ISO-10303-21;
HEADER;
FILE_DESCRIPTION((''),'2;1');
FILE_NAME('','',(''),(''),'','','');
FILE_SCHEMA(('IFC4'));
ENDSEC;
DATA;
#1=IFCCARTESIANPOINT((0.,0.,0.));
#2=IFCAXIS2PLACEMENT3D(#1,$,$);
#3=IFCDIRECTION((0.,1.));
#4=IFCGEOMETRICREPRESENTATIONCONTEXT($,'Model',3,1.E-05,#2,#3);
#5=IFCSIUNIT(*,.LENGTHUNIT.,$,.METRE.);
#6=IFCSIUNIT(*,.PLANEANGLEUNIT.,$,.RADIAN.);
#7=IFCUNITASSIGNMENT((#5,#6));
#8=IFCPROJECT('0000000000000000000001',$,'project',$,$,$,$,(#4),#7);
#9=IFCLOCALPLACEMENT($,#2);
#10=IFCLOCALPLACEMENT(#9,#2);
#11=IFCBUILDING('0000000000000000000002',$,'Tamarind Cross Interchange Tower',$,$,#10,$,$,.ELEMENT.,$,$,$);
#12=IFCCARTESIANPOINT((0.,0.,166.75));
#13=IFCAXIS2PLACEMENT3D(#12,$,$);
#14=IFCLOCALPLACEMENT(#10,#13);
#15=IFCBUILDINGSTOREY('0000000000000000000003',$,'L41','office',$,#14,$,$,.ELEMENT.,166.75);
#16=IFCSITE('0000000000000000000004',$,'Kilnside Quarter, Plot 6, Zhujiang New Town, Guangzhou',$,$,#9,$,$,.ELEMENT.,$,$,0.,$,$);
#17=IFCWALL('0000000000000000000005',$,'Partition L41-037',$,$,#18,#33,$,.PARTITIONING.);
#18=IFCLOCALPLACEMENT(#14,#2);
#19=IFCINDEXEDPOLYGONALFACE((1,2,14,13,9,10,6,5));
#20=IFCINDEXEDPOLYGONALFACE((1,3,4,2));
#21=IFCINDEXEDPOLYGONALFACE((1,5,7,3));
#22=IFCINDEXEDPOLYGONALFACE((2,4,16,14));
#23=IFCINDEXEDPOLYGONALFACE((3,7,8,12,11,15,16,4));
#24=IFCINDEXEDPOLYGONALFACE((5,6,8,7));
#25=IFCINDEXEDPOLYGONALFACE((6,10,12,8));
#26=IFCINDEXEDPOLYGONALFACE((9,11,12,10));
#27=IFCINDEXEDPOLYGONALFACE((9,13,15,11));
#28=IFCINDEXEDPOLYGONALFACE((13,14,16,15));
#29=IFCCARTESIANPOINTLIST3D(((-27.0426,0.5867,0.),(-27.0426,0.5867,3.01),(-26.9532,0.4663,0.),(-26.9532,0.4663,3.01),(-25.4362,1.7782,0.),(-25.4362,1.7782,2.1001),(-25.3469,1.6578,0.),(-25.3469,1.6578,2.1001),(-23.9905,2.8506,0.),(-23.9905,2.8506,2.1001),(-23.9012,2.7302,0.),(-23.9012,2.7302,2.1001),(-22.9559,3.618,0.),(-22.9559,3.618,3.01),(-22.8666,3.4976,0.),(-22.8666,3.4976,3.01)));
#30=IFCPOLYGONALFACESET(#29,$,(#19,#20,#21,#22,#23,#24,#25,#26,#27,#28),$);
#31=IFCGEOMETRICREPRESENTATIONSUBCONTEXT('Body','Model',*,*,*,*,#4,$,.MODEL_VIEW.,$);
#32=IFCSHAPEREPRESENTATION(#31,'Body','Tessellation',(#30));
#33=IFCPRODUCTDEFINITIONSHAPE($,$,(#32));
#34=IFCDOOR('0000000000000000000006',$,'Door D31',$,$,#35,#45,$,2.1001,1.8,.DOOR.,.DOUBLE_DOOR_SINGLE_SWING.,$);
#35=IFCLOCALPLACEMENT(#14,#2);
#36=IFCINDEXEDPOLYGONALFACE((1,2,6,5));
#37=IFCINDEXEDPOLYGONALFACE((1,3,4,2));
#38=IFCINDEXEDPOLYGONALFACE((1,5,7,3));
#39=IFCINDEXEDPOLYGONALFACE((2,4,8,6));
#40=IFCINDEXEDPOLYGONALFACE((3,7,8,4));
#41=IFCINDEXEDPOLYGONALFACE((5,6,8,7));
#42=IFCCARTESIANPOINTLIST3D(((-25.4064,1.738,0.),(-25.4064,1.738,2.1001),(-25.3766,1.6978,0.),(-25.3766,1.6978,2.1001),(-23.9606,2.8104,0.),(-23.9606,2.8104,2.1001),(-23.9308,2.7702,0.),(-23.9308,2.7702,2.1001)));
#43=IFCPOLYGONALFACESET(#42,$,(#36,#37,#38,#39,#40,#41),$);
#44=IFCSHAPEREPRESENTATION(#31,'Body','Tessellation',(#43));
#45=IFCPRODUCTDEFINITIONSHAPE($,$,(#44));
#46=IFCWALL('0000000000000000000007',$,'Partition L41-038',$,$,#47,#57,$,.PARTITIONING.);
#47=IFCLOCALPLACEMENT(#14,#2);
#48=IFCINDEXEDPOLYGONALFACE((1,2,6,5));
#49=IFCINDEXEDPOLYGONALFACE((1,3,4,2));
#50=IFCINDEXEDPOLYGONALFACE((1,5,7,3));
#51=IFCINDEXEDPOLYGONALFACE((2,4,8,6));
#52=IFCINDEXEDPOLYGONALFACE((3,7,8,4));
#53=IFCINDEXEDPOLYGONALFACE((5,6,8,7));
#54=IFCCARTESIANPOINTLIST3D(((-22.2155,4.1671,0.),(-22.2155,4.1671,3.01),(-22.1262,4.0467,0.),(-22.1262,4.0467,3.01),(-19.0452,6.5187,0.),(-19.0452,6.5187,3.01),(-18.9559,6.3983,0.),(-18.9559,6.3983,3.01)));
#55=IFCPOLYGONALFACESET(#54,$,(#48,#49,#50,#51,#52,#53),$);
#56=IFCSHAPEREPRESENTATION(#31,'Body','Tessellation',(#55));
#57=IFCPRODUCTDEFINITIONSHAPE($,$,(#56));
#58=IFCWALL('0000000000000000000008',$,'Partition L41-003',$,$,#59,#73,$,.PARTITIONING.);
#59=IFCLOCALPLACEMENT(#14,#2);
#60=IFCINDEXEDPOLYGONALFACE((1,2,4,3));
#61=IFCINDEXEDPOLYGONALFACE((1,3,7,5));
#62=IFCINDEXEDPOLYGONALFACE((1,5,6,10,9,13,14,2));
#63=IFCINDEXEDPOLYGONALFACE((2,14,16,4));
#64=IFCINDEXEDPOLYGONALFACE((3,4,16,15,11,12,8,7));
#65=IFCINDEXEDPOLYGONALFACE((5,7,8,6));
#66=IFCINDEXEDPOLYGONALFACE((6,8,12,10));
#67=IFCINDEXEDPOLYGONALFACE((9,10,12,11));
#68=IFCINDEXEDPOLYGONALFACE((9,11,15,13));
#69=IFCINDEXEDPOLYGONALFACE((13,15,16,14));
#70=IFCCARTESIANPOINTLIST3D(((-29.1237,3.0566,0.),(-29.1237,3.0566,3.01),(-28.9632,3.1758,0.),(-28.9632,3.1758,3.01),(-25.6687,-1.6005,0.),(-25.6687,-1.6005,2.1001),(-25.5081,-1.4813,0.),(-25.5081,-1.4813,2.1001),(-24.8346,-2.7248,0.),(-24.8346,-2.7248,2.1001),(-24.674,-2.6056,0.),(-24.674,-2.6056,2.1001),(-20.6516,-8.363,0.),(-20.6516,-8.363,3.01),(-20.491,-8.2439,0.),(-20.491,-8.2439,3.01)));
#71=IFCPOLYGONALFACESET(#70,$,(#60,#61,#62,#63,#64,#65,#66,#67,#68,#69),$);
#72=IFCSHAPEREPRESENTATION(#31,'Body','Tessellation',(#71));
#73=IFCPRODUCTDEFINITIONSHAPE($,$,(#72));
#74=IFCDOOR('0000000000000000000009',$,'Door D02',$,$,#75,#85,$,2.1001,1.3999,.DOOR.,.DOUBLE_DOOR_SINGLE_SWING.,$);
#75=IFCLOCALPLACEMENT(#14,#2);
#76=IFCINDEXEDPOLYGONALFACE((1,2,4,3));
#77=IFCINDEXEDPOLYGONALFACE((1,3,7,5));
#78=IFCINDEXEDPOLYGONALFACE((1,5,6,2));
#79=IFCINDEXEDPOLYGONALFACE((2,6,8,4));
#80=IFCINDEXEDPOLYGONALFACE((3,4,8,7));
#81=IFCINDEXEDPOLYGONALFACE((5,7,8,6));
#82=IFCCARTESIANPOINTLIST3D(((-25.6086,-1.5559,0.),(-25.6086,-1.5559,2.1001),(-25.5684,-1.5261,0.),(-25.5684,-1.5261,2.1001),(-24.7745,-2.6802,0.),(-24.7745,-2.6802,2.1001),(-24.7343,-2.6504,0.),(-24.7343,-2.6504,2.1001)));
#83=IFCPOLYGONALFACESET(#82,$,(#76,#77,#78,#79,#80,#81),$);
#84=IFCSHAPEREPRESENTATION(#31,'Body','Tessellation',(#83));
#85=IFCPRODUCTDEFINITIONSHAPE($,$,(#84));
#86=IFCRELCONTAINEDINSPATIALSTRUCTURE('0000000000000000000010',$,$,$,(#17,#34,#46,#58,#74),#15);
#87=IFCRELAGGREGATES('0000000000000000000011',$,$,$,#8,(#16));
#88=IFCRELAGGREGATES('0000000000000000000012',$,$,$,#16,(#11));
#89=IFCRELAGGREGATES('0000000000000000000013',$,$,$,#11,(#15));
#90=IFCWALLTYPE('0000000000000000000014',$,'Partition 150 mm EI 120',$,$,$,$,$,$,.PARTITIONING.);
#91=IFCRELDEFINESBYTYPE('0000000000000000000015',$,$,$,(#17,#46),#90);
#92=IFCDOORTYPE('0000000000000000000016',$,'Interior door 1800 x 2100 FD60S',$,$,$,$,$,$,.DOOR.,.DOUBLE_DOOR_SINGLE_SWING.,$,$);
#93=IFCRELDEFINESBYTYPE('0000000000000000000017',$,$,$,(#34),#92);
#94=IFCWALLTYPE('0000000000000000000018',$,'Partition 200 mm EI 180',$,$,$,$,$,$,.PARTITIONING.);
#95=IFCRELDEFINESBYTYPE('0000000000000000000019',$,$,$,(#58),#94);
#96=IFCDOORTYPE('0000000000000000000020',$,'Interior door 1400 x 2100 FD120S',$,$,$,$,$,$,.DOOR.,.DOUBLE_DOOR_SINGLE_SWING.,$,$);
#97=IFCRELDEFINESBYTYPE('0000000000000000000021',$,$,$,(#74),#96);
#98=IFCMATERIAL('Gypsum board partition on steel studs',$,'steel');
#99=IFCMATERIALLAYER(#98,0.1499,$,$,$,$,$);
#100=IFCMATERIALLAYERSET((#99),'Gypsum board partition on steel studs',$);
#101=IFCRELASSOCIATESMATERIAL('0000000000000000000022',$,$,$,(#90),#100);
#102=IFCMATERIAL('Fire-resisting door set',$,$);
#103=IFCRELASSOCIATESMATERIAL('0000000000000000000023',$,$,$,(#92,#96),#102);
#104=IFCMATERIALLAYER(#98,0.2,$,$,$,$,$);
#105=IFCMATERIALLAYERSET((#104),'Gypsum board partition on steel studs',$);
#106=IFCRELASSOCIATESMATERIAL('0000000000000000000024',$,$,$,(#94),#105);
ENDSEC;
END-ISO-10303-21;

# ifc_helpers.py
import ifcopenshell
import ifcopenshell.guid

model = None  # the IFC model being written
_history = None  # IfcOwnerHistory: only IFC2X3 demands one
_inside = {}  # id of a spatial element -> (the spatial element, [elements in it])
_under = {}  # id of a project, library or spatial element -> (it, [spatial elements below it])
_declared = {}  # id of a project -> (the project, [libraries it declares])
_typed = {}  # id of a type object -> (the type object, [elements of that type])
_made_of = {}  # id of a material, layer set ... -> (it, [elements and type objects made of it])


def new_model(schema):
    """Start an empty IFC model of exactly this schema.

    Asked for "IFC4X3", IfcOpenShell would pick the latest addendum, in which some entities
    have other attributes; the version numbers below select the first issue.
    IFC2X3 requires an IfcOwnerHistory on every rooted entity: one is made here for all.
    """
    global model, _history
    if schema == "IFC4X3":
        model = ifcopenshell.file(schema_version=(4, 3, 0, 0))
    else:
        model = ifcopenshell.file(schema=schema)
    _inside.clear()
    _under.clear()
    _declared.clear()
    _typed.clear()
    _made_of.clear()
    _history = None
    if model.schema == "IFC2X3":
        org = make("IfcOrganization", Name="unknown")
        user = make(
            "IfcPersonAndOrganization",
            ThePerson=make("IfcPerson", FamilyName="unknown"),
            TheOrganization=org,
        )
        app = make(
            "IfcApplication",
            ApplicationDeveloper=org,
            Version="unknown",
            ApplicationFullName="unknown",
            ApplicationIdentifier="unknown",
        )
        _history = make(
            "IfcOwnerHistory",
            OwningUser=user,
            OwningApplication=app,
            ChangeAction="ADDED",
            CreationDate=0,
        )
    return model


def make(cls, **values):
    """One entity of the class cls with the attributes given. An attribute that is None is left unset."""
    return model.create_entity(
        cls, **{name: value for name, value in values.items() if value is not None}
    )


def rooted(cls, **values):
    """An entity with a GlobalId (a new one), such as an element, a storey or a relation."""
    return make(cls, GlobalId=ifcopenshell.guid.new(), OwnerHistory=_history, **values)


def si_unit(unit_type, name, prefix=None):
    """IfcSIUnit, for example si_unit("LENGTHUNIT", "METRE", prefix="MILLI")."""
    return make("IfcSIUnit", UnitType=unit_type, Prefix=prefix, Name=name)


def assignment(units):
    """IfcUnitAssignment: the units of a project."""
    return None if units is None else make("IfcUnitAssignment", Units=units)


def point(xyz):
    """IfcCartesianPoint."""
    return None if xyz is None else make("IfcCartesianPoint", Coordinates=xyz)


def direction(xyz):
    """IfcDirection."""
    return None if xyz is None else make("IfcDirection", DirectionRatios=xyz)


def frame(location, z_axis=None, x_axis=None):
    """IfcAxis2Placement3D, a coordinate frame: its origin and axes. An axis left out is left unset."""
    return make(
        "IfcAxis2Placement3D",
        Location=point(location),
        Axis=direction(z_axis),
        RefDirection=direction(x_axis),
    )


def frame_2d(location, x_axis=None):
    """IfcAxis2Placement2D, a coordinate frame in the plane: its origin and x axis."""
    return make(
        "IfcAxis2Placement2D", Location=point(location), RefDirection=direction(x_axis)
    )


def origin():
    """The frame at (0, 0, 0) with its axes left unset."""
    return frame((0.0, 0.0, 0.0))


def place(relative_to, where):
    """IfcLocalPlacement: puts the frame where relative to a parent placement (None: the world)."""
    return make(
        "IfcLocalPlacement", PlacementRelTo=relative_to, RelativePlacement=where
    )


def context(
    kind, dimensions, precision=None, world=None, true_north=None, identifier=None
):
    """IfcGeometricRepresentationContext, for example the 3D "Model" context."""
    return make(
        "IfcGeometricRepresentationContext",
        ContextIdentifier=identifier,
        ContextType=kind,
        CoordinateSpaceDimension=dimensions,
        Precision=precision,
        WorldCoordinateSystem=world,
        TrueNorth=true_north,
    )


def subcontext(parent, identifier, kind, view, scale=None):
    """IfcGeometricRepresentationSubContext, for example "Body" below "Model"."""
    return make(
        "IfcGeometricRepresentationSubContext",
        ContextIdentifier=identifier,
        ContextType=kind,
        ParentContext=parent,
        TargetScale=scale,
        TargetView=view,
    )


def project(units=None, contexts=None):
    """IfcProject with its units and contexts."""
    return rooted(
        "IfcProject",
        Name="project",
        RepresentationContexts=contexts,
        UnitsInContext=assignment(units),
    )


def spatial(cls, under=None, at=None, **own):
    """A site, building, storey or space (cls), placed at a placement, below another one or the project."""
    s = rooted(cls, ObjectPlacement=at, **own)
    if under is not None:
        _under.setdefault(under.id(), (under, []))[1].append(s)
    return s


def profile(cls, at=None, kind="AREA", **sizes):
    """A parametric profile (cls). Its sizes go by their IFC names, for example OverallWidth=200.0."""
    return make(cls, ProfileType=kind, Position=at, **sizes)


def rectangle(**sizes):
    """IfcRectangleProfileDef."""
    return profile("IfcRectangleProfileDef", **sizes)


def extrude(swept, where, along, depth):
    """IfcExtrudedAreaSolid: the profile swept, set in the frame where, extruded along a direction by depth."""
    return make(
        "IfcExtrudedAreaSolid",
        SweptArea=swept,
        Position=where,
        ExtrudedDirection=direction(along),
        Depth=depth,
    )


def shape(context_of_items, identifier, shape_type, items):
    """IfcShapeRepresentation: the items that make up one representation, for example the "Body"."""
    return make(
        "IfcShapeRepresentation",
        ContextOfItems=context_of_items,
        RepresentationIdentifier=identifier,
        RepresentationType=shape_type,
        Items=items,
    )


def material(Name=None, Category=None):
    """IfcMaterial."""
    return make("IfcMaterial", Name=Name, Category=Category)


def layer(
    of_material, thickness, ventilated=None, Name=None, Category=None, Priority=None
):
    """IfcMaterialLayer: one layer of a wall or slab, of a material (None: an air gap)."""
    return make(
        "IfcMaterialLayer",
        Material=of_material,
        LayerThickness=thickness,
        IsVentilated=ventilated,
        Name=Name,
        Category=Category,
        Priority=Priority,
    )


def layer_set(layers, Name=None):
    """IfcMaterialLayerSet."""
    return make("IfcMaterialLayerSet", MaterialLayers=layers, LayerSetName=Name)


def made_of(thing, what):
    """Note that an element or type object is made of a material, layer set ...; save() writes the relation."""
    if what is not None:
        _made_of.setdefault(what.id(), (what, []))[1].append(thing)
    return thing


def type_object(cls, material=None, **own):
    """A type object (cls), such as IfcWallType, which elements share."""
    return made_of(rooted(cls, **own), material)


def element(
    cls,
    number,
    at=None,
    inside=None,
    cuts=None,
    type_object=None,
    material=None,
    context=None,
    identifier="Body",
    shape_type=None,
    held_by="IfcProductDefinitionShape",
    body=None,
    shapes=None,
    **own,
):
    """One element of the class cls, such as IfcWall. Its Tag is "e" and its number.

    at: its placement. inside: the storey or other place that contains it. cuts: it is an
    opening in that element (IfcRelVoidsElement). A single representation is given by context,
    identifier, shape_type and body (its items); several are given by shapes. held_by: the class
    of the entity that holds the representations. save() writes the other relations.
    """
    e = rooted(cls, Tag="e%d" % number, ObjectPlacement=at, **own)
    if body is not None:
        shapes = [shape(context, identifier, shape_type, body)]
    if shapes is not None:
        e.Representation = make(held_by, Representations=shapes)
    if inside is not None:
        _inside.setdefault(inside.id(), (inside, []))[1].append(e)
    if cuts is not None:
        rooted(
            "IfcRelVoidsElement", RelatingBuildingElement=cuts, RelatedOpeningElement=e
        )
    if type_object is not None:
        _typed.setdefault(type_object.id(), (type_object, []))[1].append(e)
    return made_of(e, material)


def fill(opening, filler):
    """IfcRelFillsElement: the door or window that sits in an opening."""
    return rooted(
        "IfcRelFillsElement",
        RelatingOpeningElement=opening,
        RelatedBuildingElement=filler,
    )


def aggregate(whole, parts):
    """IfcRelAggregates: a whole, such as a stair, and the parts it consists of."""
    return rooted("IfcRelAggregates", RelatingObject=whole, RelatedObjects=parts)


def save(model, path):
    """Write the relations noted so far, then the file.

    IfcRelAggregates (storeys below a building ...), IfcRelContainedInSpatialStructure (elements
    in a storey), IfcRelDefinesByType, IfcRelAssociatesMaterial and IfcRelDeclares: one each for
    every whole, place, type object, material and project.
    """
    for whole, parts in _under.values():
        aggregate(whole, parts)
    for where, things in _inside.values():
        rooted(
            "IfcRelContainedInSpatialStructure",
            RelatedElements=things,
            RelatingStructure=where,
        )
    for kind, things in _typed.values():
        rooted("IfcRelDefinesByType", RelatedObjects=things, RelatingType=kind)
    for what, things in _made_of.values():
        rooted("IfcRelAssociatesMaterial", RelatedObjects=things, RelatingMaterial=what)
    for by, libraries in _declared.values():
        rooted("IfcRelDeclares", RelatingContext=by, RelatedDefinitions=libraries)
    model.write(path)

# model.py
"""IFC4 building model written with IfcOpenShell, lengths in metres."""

from ifc_helpers import new_model, si_unit, direction, frame, frame_2d, origin, place, context, subcontext, project, spatial, rectangle, extrude, material, layer, layer_set, type_object, element, fill, save


model = new_model("IFC4")

# Units and contexts
model_context = context("Model", 3, precision=1e-05, world=origin(), true_north=direction((0.0, 1.0)))
body_context = subcontext(model_context, "Body", "Model", "MODEL_VIEW")
ifc_project = project(units=[si_unit("LENGTHUNIT", "METRE"), si_unit("PLANEANGLEUNIT", "RADIAN")], contexts=[model_context])

# Site, building, storey
site_placement = place(None, origin())
site = spatial("IfcSite", under=ifc_project, at=site_placement, Name="Kilnside Quarter, Plot 6, Zhujiang New Town, Guangzhou", CompositionType="ELEMENT", RefElevation=0.0)
building_placement = place(site_placement, origin())
building = spatial("IfcBuilding", under=site, at=building_placement, Name="Tamarind Cross Interchange Tower", CompositionType="ELEMENT")
storey_placement = place(building_placement, frame((0.0, 0.0, 166.75)))
storey = spatial("IfcBuildingStorey", under=building, at=storey_placement, Name="L41", Description="office", CompositionType="ELEMENT", Elevation=166.75)

# Shared definitions
ifc_material_1 = material(Name="Gypsum board partition on steel studs", Category="steel")

# Wall, opening, door
ifc_layer_1 = layer(ifc_material_1, 0.1499)
ifc_layer_set_1 = layer_set([ifc_layer_1], Name="Gypsum board partition on steel studs")
wall_type_1 = type_object("IfcWallType", Name="Partition 150 mm EI 120", PredefinedType="PARTITIONING", material=ifc_layer_set_1)
wall_1_placement = place(storey_placement, frame((-26.9978, 0.5266, 0.0), z_axis=(0.0, 0.0, 1.0), x_axis=(0.803173, 0.595746, 0.0)))
wall_1 = element("IfcWall", 1, at=wall_1_placement, inside=storey, type_object=wall_type_1, Name="Partition L41-037", PredefinedType="PARTITIONING", context=body_context, shape_type="SweptSolid", body=[
    extrude(rectangle(XDim=5.0881, YDim=0.1499, at=frame_2d((2.5439, 0.0))), origin(), (0.0, 0.0, 1.0), 3.01),
])
opening_1_placement = place(wall_1_placement, frame((2.0, 0.0, 0.0)))
opening_1 = element("IfcOpeningElement", 2, at=opening_1_placement, cuts=wall_1, PredefinedType="OPENING", context=body_context, shape_type="SweptSolid", body=[
    extrude(rectangle(XDim=1.8, YDim=2.1001, at=frame_2d((0.8999, 1.05))), frame((0.0, 0.085, 0.0), z_axis=(0.0, -1.0, 0.0), x_axis=(1.0, 0.0, 0.0)), (0.0, 0.0, 1.0), 0.1699),
])
ifc_material_2 = material(Name="Fire-resisting door set")
door_type_1 = type_object("IfcDoorType", Name="Interior door 1800 x 2100 FD60S", OperationType="DOUBLE_DOOR_SINGLE_SWING", PredefinedType="DOOR", material=ifc_material_2)
door_1_placement = place(opening_1_placement, origin())
door_1 = element("IfcDoor", 3, at=door_1_placement, inside=storey, type_object=door_type_1, Name="Door D31", OperationType="DOUBLE_DOOR_SINGLE_SWING", OverallHeight=2.1001, OverallWidth=1.8, PredefinedType="DOOR", context=body_context, shape_type="SweptSolid", body=[
    extrude(rectangle(XDim=1.8, YDim=2.1001, at=frame_2d((0.8999, 1.05))), frame((0.0, 0.0249, 0.0), z_axis=(0.0, -1.0, 0.0), x_axis=(1.0, 0.0, 0.0)), (0.0, 0.0, 1.0), 0.05),
])
fill(opening_1, door_1)

# Wall
wall_2_placement = place(storey_placement, frame((-22.1709, 4.1069, 0.0), z_axis=(0.0, 0.0, 1.0), x_axis=(0.80318, 0.595736, 0.0)))
element("IfcWall", 4, at=wall_2_placement, inside=storey, type_object=wall_type_1, Name="Partition L41-038", PredefinedType="PARTITIONING", context=body_context, shape_type="SweptSolid", body=[
    extrude(rectangle(XDim=3.9473, YDim=0.1499, at=frame_2d((1.9736, 0.0))), origin(), (0.0, 0.0, 1.0), 3.01),
])

# Wall, opening, door
ifc_layer_2 = layer(ifc_material_1, 0.2)
ifc_layer_set_2 = layer_set([ifc_layer_2], Name="Gypsum board partition on steel studs")
wall_type_2 = type_object("IfcWallType", Name="Partition 200 mm EI 180", PredefinedType="PARTITIONING", material=ifc_layer_set_2)
wall_3_placement = place(storey_placement, frame((-29.0435, 3.1162, 0.0), z_axis=(0.0, 0.0, 1.0), x_axis=(0.595824, -0.803115, 0.0)))
wall_3 = element("IfcWall", 5, at=wall_3_placement, inside=storey, type_object=wall_type_2, Name="Partition L41-003", PredefinedType="PARTITIONING", context=body_context, shape_type="SweptSolid", body=[
    extrude(rectangle(XDim=14.2192, YDim=0.2, at=frame_2d((7.1096, 0.0))), origin(), (0.0, 0.0, 1.0), 3.01),
])
opening_2_placement = place(wall_3_placement, frame((5.7988, 0.0, 0.0)))
opening_2 = element("IfcOpeningElement", 6, at=opening_2_placement, cuts=wall_3, PredefinedType="OPENING", context=body_context, shape_type="SweptSolid", body=[
    extrude(rectangle(XDim=1.3999, YDim=2.1001, at=frame_2d((0.7, 1.05))), frame((0.0, 0.1099, 0.0), z_axis=(0.0, -1.0, 0.0), x_axis=(1.0, 0.0, 0.0)), (0.0, 0.0, 1.0), 0.22),
])
door_type_2 = type_object("IfcDoorType", Name="Interior door 1400 x 2100 FD120S", OperationType="DOUBLE_DOOR_SINGLE_SWING", PredefinedType="DOOR", material=ifc_material_2)
door_2_placement = place(opening_2_placement, origin())
door_2 = element("IfcDoor", 7, at=door_2_placement, inside=storey, type_object=door_type_2, Name="Door D02", OperationType="DOUBLE_DOOR_SINGLE_SWING", OverallHeight=2.1001, OverallWidth=1.3999, PredefinedType="DOOR", context=body_context, shape_type="SweptSolid", body=[
    extrude(rectangle(XDim=1.3999, YDim=2.1001, at=frame_2d((0.7, 1.05))), frame((0.0, 0.0249, 0.0), z_axis=(0.0, -1.0, 0.0), x_axis=(1.0, 0.0, 0.0)), (0.0, 0.0, 1.0), 0.05),
])
fill(opening_2, door_2)

save(model, "model.ifc")
